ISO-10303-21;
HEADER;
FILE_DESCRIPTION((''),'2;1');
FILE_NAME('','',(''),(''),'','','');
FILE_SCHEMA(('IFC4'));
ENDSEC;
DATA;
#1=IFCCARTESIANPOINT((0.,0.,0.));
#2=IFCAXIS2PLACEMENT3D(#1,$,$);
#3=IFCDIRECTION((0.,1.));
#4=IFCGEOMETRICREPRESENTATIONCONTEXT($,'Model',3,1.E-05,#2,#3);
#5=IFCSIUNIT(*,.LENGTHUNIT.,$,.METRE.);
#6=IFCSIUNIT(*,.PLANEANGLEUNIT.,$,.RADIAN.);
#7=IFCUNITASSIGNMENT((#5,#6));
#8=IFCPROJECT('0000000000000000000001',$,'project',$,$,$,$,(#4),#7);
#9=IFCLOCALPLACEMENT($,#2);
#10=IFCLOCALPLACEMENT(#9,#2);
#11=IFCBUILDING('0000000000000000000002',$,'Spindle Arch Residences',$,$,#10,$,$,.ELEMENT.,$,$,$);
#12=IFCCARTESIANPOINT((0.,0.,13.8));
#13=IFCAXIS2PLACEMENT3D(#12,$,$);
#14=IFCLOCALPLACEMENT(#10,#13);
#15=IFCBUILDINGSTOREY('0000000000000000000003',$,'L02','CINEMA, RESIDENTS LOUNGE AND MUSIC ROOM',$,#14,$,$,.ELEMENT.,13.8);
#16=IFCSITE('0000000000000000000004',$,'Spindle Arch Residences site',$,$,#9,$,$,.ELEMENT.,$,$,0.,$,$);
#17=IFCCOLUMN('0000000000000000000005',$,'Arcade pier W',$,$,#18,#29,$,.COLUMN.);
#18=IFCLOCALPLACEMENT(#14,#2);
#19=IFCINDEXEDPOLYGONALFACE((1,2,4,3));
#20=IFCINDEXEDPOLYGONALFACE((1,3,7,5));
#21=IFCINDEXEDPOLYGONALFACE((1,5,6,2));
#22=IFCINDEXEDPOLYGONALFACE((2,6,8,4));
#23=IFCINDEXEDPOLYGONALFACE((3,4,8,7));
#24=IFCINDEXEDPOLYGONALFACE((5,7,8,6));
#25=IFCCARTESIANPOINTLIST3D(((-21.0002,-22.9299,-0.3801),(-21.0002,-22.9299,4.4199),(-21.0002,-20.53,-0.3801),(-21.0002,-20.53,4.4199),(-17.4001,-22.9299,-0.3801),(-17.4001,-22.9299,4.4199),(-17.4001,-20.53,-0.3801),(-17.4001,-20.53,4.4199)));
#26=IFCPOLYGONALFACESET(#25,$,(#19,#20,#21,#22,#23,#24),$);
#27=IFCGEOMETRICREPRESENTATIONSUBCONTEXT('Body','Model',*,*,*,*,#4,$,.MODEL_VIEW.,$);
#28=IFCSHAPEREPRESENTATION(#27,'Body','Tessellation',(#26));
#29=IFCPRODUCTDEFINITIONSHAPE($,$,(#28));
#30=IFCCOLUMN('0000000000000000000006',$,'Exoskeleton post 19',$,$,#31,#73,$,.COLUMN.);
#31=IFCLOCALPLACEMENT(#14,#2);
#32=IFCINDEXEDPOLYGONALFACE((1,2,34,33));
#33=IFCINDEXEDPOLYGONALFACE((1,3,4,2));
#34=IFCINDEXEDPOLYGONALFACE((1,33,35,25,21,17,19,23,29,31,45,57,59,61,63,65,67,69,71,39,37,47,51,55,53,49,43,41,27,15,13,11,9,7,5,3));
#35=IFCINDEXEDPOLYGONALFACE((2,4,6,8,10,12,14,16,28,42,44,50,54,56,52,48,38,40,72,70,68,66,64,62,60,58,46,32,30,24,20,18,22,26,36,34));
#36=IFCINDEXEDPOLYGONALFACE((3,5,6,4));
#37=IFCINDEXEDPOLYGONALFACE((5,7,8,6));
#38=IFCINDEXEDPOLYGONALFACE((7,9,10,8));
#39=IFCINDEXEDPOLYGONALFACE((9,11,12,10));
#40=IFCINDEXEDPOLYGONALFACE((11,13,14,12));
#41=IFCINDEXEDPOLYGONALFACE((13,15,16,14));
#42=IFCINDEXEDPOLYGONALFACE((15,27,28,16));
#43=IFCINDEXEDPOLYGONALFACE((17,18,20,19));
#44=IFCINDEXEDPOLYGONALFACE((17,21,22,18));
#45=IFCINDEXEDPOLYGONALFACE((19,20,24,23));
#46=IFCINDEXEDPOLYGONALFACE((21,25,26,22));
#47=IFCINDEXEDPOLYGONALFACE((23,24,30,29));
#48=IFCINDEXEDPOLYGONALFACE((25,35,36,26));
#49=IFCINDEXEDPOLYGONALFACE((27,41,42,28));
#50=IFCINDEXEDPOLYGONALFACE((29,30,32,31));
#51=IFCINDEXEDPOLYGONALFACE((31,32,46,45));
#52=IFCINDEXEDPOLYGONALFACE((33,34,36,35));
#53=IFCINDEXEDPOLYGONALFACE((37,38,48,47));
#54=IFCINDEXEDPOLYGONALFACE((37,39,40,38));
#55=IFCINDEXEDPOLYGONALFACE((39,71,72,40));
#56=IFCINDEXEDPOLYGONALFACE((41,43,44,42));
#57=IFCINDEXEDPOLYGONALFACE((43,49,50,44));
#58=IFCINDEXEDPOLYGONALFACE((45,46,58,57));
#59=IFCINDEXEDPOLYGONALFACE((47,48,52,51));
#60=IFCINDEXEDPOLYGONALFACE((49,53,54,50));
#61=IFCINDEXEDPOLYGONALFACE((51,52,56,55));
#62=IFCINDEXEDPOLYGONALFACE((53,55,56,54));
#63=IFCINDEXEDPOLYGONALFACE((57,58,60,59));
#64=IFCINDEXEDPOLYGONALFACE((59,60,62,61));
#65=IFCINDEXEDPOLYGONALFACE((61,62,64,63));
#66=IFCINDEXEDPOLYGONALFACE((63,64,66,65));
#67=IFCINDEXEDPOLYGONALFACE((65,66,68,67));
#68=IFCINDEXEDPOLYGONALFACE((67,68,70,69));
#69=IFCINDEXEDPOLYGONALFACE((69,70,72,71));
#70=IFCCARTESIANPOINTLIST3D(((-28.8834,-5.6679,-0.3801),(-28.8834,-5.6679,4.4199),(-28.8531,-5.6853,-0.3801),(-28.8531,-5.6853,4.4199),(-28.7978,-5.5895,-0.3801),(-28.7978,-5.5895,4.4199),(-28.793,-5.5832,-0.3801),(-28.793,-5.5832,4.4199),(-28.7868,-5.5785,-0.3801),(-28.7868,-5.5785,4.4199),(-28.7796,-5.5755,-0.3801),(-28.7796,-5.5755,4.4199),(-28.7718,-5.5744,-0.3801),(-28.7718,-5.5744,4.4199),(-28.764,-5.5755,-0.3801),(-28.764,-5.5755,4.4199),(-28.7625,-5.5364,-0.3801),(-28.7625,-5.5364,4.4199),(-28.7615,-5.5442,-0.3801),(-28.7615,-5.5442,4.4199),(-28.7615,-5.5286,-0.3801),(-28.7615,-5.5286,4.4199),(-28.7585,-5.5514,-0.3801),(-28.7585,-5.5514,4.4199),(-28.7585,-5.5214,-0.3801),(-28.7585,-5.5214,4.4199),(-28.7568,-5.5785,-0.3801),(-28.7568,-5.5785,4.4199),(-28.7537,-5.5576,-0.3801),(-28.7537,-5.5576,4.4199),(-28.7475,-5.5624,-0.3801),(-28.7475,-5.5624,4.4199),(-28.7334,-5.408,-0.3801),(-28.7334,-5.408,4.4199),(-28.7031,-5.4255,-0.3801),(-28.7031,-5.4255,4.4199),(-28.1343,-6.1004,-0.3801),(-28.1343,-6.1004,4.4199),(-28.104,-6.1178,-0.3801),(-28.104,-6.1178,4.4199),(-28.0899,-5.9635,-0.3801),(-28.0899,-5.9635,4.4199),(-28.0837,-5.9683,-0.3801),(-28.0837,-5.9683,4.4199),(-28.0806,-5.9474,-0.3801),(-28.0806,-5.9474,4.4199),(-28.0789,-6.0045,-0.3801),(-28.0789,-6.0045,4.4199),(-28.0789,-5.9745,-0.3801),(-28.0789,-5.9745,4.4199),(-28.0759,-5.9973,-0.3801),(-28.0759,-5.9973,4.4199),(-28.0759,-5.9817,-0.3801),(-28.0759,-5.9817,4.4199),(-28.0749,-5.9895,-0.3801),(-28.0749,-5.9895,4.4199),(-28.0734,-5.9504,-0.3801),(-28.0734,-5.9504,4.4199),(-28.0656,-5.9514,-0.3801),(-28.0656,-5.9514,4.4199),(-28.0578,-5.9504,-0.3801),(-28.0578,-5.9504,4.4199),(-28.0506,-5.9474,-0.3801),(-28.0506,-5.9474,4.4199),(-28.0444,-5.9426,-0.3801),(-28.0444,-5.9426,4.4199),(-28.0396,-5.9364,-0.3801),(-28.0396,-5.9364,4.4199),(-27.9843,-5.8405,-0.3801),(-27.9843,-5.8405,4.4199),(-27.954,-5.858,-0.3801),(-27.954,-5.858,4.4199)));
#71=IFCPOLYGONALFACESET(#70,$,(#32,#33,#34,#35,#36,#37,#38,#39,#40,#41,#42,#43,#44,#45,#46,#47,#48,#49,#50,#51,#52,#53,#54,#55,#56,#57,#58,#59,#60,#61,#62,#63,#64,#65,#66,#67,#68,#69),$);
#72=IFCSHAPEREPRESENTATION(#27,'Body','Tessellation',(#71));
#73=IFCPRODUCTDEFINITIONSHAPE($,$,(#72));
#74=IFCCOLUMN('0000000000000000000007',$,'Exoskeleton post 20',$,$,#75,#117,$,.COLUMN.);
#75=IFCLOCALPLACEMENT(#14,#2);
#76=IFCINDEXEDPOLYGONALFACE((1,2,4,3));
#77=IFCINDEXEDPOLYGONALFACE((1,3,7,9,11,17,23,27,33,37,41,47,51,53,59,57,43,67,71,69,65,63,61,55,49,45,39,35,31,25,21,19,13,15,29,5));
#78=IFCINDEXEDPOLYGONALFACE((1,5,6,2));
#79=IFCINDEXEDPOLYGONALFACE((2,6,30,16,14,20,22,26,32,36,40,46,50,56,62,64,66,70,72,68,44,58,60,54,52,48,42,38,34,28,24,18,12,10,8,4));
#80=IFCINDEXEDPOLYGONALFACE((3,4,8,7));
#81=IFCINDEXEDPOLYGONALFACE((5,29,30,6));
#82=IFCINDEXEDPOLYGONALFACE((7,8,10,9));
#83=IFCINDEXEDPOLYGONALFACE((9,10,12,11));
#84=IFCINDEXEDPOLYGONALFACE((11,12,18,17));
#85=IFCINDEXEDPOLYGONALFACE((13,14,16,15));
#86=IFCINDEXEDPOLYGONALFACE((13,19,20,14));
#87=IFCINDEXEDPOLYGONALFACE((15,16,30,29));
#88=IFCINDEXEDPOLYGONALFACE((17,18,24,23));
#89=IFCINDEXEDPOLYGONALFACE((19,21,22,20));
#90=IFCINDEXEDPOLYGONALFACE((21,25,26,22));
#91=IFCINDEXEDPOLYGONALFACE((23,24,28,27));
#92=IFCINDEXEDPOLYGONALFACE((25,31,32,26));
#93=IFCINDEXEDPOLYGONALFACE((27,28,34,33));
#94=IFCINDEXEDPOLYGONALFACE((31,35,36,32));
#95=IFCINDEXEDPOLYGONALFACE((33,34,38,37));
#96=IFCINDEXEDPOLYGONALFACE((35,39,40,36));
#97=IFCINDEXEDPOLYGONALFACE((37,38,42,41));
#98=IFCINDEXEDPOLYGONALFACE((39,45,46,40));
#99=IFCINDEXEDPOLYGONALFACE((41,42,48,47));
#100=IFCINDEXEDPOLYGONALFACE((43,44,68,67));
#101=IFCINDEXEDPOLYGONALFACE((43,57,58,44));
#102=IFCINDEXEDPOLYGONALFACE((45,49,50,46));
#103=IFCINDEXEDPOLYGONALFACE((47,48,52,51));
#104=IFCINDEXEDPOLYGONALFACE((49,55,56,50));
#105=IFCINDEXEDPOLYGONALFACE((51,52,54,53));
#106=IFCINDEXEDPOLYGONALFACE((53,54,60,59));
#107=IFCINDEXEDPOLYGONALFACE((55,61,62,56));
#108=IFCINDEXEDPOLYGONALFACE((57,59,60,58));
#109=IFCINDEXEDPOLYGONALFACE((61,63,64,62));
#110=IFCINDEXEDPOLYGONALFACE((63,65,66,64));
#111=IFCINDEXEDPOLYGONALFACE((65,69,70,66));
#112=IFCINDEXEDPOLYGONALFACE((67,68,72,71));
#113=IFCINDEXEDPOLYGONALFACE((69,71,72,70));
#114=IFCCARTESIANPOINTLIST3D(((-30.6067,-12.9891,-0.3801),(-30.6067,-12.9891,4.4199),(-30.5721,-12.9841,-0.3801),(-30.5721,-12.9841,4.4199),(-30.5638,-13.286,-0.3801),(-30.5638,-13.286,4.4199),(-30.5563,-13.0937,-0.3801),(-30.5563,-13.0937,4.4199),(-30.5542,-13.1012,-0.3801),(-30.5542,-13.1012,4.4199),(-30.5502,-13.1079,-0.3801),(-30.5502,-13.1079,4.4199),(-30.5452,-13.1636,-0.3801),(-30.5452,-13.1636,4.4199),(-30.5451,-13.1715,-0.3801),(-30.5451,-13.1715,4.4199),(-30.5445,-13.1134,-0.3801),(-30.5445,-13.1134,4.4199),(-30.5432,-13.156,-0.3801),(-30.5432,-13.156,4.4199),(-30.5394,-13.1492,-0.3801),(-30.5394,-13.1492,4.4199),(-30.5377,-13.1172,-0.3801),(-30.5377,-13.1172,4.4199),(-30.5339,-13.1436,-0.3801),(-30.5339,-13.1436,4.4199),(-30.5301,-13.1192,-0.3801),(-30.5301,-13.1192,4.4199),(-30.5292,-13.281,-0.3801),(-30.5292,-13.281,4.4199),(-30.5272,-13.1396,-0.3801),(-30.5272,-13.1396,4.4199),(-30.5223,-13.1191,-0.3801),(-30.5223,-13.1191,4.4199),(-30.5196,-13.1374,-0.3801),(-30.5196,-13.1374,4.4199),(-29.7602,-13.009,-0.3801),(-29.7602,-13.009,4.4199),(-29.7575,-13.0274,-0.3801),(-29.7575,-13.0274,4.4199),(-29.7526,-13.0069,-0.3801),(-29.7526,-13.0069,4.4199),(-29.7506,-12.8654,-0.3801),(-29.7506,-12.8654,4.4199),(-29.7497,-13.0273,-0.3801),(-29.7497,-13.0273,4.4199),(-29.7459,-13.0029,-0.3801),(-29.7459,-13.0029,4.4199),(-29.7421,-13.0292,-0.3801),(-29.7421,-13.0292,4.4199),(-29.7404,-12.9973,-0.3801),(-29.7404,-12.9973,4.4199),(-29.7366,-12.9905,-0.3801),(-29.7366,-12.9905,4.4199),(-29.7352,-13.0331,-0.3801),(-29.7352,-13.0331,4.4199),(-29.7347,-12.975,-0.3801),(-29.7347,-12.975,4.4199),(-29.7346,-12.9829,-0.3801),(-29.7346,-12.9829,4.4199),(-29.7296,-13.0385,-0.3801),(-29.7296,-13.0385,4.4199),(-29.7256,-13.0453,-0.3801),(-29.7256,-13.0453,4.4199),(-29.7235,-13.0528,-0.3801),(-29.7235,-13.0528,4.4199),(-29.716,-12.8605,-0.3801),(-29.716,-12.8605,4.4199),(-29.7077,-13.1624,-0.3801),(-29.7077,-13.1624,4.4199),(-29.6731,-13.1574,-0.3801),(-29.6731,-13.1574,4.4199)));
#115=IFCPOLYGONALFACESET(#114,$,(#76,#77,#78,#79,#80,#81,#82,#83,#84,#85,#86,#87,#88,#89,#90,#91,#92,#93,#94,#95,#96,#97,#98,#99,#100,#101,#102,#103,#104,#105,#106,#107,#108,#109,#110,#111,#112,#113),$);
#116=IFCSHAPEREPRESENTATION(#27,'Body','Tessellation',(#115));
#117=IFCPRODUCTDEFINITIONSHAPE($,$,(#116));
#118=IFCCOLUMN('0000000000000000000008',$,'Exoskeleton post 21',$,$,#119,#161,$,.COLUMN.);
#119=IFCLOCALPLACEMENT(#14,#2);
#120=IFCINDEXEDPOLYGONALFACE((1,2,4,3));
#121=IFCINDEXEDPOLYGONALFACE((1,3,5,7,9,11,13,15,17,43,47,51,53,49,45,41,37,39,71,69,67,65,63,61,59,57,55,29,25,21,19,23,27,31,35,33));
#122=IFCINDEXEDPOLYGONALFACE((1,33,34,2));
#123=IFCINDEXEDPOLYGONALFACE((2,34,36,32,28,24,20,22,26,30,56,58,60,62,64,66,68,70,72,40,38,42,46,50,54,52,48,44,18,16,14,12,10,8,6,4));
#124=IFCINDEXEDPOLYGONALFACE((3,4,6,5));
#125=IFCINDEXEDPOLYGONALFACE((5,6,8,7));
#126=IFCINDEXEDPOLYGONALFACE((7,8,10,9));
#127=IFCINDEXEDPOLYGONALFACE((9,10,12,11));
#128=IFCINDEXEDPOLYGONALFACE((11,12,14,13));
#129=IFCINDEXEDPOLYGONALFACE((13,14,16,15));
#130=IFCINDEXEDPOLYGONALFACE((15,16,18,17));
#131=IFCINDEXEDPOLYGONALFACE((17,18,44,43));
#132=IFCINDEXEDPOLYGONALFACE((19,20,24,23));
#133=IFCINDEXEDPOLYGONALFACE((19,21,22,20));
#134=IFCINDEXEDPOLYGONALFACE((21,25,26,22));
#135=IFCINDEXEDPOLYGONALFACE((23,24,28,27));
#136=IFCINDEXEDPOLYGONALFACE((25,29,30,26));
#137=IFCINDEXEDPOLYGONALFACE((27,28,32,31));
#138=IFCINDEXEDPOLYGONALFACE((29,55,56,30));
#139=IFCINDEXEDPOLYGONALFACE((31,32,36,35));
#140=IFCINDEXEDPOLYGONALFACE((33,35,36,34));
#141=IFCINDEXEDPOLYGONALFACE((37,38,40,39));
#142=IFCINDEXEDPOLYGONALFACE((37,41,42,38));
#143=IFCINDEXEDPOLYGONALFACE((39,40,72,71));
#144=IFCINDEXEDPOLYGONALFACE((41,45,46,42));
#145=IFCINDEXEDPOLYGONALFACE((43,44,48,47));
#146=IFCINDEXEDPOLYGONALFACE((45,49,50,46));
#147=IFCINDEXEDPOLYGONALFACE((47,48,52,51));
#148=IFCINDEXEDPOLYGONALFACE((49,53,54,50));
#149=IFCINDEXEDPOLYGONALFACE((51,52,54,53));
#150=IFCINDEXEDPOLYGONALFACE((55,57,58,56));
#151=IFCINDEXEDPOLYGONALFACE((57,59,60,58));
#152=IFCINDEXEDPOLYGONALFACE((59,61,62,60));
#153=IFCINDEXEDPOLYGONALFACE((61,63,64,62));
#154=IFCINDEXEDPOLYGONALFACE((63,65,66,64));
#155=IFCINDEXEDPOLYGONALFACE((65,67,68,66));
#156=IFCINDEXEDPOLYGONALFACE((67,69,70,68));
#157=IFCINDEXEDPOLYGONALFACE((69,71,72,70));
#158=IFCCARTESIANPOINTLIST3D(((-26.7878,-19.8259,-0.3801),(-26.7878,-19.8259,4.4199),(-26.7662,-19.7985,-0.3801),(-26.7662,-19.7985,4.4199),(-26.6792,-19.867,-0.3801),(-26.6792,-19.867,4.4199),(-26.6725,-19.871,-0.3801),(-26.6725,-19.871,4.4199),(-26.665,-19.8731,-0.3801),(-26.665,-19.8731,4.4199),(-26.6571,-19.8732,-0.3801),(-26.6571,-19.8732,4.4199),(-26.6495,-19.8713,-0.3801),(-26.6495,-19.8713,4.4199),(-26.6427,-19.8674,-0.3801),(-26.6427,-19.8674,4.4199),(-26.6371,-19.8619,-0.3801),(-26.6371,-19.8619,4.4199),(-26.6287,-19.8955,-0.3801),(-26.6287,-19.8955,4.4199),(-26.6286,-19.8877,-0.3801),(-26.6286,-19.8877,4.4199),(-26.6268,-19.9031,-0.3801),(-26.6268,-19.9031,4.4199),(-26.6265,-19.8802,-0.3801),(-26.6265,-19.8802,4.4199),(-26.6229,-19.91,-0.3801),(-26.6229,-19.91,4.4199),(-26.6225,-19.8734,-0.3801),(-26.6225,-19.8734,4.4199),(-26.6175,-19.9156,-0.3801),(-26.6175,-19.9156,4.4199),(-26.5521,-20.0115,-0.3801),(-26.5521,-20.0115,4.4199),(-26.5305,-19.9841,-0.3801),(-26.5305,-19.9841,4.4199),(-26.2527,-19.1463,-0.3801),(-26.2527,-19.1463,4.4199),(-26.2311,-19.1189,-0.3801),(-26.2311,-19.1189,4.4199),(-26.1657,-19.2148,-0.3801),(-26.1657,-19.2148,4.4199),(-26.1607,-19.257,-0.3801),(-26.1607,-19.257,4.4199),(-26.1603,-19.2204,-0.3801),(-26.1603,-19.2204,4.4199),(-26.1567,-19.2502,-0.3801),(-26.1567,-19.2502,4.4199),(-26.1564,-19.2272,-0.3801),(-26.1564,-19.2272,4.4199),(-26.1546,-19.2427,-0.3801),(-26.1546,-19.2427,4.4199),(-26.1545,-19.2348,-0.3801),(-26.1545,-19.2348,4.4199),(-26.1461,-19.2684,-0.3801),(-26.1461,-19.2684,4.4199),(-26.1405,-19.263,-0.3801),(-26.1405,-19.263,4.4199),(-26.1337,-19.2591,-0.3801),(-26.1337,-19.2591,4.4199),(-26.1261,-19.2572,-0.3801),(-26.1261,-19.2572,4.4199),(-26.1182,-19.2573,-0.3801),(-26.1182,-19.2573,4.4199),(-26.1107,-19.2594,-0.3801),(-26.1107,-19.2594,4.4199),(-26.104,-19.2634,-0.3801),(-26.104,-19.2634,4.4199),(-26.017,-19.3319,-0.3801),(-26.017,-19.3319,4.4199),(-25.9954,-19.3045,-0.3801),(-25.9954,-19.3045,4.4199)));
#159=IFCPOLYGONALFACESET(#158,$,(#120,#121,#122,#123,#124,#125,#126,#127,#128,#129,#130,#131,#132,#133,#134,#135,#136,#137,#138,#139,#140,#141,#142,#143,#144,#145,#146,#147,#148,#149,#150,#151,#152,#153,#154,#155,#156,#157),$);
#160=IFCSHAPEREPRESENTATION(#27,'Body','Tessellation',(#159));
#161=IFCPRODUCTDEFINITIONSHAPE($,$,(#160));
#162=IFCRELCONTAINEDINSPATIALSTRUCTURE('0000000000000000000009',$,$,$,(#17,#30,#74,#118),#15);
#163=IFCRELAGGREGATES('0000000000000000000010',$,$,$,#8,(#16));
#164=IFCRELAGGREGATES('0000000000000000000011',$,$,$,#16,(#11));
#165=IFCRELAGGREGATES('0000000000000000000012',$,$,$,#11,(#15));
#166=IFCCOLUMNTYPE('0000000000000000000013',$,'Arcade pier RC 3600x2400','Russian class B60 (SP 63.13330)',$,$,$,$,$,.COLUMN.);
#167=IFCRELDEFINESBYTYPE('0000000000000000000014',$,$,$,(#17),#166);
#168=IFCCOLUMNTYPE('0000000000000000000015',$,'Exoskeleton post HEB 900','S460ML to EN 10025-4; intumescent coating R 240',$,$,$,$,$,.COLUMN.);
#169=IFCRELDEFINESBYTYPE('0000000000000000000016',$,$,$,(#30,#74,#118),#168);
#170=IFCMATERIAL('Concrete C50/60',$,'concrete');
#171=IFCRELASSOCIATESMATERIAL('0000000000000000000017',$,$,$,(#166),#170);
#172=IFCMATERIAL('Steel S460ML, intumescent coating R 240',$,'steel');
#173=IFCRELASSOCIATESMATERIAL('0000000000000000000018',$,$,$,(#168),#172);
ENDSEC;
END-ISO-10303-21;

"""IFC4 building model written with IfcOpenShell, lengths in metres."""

from ifc_helpers import new_model, si_unit, direction, frame, origin, origin_2d, place, context, subcontext, project, spatial, rectangle, i_section, extrude, material, material_profile, profile_set, type_object, element, save


model = new_model("IFC4")

# Units and contexts
model_context = context("Model", 3, precision=1e-05, world=origin(), true_north=direction((0.0, 1.0)))
body_context = subcontext(model_context, "Body", "Model", "MODEL_VIEW")
ifc_project = project(units=[si_unit("LENGTHUNIT", "METRE"), si_unit("PLANEANGLEUNIT", "RADIAN")], contexts=[model_context])

# Site, building, storey
site_placement = place(None, origin())
site = spatial("IfcSite", under=ifc_project, at=site_placement, Name="Spindle Arch Residences site", CompositionType="ELEMENT", RefElevation=0.0)
building_placement = place(site_placement, origin())
building = spatial("IfcBuilding", under=site, at=building_placement, Name="Spindle Arch Residences", CompositionType="ELEMENT")
storey_placement = place(building_placement, frame((0.0, 0.0, 13.8)))
storey = spatial("IfcBuildingStorey", under=building, at=storey_placement, Name="L02", Description="CINEMA, RESIDENTS LOUNGE AND MUSIC ROOM", CompositionType="ELEMENT", Elevation=13.8)

# Columns
ifc_material_1 = material(Name="Concrete C50/60", Category="concrete")
ifc_material_profile_1 = material_profile(ifc_material_1, rectangle(XDim=3.6001, YDim=2.3999, at=origin_2d()), Name="RC 3600x2400")
ifc_profile_set_1 = profile_set([ifc_material_profile_1], Name="Concrete C50/60")
column_type_1 = type_object("IfcColumnType", Name="Arcade pier RC 3600x2400", Description="Russian class B60 (SP 63.13330)", PredefinedType="COLUMN", material=ifc_profile_set_1)
column_1_placement = place(storey_placement, frame((-19.2002, -21.73, -0.3801), z_axis=(0.0, 0.0, 1.0), x_axis=(1.0, 0.0, 0.0)))
element("IfcColumn", 1, at=column_1_placement, inside=storey, type_object=column_type_1, Name="Arcade pier W", PredefinedType="COLUMN", context=body_context, shape_type="SweptSolid", body=[
    extrude(rectangle(XDim=3.6001, YDim=2.3999, at=origin_2d()), origin(), (0.0, 0.0, 1.0), 4.8),
])
ifc_material_2 = material(Name="Steel S460ML, intumescent coating R 240", Category="steel")
ifc_material_profile_2 = material_profile(ifc_material_2, i_section(OverallWidth=0.3, OverallDepth=0.8999, WebThickness=0.0186, FlangeThickness=0.0349, FilletRadius=0.03, at=origin_2d()), Name="HEB 900")
ifc_profile_set_2 = profile_set([ifc_material_profile_2], Name="Steel S460ML, intumescent coating R 240")
column_type_2 = type_object("IfcColumnType", Name="Exoskeleton post HEB 900", Description="S460ML to EN 10025-4; intumescent coating R 240", PredefinedType="COLUMN", material=ifc_profile_set_2)
for number, where, z_axis, x_axis, name in (
    (2, (-28.4187, -5.7629, -0.3801), (0.0, 0.0, 1.0), (0.5, 0.866025, 0.0), "Exoskeleton post 19"),
    (3, (-30.1399, -13.0732, -0.3801), (0.0, 0.0, 1.0), (-0.142906, 0.989736, 0.0), "Exoskeleton post 20"),
    (4, (-26.3916, -19.5652, -0.3801), (0.0, 0.0, 1.0), (-0.785684, 0.618629, 0.0), "Exoskeleton post 21"),
):
    element("IfcColumn", number, at=place(storey_placement, frame(where, z_axis=z_axis, x_axis=x_axis)), inside=storey, type_object=column_type_2, Name=name, PredefinedType="COLUMN", context=body_context, shape_type="SweptSolid", body=[
        extrude(i_section(OverallWidth=0.3, OverallDepth=0.8999, WebThickness=0.0186, FlangeThickness=0.0349, FilletRadius=0.03, at=origin_2d()), origin(), (0.0, 0.0, 1.0), 4.8),
    ])

save(model, "model.ifc")
